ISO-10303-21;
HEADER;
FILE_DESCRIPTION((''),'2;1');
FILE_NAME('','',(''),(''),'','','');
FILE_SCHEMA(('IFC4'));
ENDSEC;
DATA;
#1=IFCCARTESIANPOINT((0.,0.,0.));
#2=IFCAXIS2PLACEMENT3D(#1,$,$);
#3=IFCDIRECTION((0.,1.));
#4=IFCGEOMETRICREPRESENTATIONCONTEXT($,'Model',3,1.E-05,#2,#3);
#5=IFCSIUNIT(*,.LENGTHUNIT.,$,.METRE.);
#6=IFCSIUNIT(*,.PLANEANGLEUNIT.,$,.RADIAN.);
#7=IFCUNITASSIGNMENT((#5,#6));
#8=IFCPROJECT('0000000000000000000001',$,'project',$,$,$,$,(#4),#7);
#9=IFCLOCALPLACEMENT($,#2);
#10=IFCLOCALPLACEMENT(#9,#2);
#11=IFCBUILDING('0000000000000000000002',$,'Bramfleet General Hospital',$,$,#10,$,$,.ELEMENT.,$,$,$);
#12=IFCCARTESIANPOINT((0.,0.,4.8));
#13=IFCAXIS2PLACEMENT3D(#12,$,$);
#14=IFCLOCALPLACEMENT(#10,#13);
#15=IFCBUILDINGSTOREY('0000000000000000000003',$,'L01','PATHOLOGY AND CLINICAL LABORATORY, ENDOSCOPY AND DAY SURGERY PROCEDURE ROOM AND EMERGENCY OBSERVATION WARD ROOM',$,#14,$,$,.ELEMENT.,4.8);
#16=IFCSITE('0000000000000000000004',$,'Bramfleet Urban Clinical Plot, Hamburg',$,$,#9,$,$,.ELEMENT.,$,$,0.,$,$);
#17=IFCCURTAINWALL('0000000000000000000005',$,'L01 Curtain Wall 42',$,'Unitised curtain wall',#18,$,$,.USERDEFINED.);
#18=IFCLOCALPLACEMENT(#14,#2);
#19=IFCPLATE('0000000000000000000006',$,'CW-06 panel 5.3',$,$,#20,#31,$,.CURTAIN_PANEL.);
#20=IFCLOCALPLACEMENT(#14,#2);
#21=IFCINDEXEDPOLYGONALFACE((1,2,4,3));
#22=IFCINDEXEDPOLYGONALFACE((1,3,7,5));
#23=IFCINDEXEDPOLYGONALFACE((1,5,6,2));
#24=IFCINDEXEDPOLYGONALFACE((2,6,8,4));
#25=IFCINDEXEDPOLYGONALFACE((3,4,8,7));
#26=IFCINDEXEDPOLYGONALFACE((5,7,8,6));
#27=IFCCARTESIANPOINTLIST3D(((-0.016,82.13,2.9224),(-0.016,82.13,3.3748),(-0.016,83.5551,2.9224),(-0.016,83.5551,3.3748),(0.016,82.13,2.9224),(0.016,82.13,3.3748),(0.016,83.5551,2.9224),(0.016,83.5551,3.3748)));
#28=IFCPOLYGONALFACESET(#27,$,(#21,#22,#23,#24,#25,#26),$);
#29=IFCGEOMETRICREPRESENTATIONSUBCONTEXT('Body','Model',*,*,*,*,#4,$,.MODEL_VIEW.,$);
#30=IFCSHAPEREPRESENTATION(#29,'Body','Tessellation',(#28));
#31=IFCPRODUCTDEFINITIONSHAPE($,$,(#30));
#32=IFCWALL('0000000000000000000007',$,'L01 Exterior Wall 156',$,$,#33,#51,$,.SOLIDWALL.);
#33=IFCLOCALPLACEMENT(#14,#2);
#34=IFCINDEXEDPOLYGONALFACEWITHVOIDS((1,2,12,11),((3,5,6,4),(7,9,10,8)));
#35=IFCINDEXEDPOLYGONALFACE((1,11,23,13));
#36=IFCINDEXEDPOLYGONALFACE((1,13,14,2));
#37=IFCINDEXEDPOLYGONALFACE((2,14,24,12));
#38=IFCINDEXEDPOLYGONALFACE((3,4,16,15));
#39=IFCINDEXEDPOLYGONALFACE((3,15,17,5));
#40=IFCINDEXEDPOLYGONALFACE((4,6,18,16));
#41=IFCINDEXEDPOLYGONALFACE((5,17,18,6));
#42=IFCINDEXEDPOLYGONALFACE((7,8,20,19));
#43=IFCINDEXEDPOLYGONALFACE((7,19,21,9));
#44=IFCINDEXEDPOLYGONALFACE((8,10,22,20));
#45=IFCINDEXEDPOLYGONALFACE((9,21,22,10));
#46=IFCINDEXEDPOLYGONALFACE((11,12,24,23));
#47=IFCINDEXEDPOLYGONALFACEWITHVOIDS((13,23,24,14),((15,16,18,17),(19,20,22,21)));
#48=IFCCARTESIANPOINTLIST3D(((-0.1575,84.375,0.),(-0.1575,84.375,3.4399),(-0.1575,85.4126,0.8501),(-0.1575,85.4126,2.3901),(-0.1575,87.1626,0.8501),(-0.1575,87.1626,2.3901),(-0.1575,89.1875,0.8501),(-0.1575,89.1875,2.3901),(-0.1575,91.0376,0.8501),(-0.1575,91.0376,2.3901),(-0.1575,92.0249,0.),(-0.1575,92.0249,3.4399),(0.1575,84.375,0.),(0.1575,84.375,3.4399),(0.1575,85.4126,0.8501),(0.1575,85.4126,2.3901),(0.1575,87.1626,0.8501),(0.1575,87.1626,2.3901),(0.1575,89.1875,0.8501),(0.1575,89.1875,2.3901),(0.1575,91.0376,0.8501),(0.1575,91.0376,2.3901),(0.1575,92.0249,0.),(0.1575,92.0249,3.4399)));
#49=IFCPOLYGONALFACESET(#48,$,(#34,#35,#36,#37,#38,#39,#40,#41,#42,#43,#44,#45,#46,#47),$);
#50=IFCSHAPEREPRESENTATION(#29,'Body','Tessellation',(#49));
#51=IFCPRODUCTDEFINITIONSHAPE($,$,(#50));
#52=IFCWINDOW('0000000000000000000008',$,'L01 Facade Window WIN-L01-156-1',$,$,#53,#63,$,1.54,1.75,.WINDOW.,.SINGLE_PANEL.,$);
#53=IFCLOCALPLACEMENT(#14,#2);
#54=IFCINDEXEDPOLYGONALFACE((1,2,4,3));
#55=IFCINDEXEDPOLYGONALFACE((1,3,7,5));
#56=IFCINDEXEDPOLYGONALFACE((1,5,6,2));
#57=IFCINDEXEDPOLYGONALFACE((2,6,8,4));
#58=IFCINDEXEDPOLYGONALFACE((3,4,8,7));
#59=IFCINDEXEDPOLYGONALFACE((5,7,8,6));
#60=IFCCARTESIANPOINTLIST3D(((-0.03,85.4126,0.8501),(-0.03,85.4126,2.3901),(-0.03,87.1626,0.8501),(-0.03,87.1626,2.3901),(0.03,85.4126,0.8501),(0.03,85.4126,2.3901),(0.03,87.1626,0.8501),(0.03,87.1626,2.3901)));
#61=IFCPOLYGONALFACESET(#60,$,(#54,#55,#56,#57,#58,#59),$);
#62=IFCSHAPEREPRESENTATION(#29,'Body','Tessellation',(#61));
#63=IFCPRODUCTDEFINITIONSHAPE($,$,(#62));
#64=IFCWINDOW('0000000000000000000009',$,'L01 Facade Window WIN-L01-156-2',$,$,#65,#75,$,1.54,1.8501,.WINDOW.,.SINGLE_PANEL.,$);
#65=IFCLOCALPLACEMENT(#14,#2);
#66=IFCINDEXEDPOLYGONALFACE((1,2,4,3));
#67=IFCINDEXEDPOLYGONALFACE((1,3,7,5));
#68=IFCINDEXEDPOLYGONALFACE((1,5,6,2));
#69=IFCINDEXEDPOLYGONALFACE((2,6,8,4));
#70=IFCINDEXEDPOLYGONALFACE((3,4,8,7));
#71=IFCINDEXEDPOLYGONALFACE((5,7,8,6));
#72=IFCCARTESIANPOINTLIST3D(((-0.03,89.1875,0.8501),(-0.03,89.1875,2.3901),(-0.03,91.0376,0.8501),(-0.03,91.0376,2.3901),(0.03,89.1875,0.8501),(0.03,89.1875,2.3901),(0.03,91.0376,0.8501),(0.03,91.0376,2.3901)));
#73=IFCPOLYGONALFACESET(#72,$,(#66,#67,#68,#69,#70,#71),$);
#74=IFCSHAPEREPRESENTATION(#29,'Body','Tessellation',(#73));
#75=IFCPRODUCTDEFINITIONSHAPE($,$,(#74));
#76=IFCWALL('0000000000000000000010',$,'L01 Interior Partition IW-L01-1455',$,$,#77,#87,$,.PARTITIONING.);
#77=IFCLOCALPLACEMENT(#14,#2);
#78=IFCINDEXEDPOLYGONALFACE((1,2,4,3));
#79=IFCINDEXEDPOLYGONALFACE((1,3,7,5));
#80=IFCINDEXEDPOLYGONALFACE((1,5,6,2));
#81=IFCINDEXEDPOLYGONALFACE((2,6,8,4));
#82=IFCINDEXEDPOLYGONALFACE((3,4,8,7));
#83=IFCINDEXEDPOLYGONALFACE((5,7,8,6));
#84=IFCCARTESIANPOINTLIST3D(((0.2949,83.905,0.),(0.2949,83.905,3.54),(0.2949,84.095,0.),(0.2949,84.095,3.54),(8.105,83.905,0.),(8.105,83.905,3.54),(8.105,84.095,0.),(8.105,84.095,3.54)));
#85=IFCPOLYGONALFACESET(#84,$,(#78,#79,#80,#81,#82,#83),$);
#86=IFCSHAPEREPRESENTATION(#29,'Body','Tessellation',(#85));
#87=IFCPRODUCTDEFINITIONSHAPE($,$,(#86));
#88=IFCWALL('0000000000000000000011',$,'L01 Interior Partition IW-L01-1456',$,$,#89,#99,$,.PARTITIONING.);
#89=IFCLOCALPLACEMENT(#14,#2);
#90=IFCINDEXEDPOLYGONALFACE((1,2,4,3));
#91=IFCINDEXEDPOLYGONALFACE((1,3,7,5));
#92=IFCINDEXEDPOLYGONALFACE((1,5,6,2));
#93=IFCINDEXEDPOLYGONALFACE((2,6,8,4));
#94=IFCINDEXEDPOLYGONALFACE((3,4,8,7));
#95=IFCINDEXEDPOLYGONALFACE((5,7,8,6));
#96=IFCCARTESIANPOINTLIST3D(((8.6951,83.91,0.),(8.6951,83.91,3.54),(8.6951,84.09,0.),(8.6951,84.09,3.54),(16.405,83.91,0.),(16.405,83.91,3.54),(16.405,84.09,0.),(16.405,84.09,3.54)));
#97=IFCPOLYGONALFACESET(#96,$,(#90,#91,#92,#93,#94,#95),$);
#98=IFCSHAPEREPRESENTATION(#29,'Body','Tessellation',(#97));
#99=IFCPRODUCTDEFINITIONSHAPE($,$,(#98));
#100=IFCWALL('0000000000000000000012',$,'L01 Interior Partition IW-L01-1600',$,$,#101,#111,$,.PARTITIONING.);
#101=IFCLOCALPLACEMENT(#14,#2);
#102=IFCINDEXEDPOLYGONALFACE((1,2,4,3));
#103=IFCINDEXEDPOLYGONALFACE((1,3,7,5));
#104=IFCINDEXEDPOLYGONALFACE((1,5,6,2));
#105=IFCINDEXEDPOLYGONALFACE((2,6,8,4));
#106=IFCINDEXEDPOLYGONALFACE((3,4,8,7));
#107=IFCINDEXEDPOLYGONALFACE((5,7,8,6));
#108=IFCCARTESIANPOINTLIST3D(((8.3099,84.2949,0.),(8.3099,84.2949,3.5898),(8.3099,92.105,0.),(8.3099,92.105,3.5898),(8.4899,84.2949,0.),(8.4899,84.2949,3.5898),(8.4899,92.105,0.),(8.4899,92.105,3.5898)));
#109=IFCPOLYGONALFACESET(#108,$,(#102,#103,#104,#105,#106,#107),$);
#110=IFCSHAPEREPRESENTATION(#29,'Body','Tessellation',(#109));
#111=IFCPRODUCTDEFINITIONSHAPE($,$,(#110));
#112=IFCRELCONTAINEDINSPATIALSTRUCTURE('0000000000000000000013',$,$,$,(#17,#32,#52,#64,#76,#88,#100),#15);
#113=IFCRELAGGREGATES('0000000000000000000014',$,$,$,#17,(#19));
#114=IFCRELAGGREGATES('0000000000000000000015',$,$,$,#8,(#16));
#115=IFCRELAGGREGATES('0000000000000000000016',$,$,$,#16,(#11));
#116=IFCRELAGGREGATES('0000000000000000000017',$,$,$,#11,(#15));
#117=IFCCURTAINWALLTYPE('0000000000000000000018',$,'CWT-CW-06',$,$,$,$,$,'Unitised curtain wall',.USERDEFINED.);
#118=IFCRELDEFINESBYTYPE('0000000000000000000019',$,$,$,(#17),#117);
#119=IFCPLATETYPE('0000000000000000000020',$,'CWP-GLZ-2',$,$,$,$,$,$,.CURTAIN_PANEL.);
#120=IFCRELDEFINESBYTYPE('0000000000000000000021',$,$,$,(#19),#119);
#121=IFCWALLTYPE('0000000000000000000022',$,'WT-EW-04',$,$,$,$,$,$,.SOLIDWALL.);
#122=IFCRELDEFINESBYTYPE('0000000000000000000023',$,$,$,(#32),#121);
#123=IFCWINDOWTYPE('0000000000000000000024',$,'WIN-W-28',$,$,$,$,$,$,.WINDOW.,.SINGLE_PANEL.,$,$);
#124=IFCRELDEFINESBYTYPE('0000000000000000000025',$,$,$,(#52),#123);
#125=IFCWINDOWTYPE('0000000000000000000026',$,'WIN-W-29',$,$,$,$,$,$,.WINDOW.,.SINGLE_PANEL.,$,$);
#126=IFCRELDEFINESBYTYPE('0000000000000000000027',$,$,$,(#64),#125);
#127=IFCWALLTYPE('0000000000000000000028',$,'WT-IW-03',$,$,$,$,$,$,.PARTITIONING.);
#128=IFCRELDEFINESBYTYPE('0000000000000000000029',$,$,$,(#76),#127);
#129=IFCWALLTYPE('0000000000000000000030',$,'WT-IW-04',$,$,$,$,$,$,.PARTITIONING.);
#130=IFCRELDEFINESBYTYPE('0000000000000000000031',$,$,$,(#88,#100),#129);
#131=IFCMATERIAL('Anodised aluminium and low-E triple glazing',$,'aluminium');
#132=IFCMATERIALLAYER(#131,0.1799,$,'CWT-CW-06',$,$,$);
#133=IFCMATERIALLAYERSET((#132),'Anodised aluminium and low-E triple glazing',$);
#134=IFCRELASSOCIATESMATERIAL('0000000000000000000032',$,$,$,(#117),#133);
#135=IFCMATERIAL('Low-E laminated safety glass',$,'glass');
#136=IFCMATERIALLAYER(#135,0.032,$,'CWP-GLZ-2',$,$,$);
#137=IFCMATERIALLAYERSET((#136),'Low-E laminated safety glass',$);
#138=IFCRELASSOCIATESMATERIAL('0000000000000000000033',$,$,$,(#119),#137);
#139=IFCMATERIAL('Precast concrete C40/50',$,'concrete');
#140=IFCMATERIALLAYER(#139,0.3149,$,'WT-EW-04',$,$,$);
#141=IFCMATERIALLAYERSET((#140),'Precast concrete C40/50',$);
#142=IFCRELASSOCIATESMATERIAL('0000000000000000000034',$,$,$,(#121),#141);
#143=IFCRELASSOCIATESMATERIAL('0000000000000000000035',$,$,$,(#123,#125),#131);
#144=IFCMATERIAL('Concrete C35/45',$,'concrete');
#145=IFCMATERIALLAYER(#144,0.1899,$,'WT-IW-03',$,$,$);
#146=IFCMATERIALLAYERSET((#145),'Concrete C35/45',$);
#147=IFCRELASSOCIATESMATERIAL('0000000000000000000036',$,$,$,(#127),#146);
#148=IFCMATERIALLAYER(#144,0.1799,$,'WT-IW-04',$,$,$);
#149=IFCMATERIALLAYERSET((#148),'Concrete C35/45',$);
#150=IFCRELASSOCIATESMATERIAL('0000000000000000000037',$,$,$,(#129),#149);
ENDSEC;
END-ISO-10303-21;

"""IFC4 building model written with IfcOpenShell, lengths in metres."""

from ifc_helpers import new_model, si_unit, direction, frame, frame_2d, origin, origin_2d, place, context, subcontext, project, spatial, rectangle, extrude, material, layer, layer_set, type_object, element, fill, aggregate, save


model = new_model("IFC4")

# Units and contexts
model_context = context("Model", 3, precision=1e-05, world=origin(), true_north=direction((0.0, 1.0)))
body_context = subcontext(model_context, "Body", "Model", "MODEL_VIEW")
ifc_project = project(units=[si_unit("LENGTHUNIT", "METRE"), si_unit("PLANEANGLEUNIT", "RADIAN")], contexts=[model_context])

# Site, building, storey
site_placement = place(None, origin())
site = spatial("IfcSite", under=ifc_project, at=site_placement, Name="Bramfleet Urban Clinical Plot, Hamburg", CompositionType="ELEMENT", RefElevation=0.0)
building_placement = place(site_placement, origin())
building = spatial("IfcBuilding", under=site, at=building_placement, Name="Bramfleet General Hospital", CompositionType="ELEMENT")
storey_placement = place(building_placement, frame((0.0, 0.0, 4.8)))
storey = spatial("IfcBuildingStorey", under=building, at=storey_placement, Name="L01", Description="PATHOLOGY AND CLINICAL LABORATORY, ENDOSCOPY AND DAY SURGERY PROCEDURE ROOM AND EMERGENCY OBSERVATION WARD ROOM", CompositionType="ELEMENT", Elevation=4.8)

# Shared definitions
ifc_material_1 = material(Name="Concrete C35/45", Category="concrete")

# Curtain wall, plate
ifc_material_2 = material(Name="Anodised aluminium and low-E triple glazing", Category="aluminium")
ifc_layer_1 = layer(ifc_material_2, 0.1799, Name="CWT-CW-06")
ifc_layer_set_1 = layer_set([ifc_layer_1], Name="Anodised aluminium and low-E triple glazing")
curtain_wall_type = type_object("IfcCurtainWallType", Name="CWT-CW-06", ElementType="Unitised curtain wall", PredefinedType="USERDEFINED", material=ifc_layer_set_1)
curtain_wall_placement = place(storey_placement, origin())
curtain_wall = element("IfcCurtainWall", 1, at=curtain_wall_placement, inside=storey, type_object=curtain_wall_type, Name="L01 Curtain Wall 42", ObjectType="Unitised curtain wall", PredefinedType="USERDEFINED")
ifc_material_3 = material(Name="Low-E laminated safety glass", Category="glass")
ifc_layer_2 = layer(ifc_material_3, 0.032, Name="CWP-GLZ-2")
ifc_layer_set_2 = layer_set([ifc_layer_2], Name="Low-E laminated safety glass")
plate_type = type_object("IfcPlateType", Name="CWP-GLZ-2", PredefinedType="CURTAIN_PANEL", material=ifc_layer_set_2)
plate_1_placement = place(storey_placement, frame((0.0, 82.8425, 2.9224), z_axis=(0.0, 0.0, 1.0), x_axis=(0.0, 1.0, 0.0)))
plate_1 = element("IfcPlate", 2, at=plate_1_placement, type_object=plate_type, Name="CW-06 panel 5.3", PredefinedType="CURTAIN_PANEL", context=body_context, shape_type="SweptSolid", body=[
    extrude(rectangle(XDim=1.425, YDim=0.032, at=origin_2d()), origin(), (0.0, 0.0, 1.0), 0.4524),
])
aggregate(curtain_wall, [plate_1])

# Wall, openings, windows
ifc_material_4 = material(Name="Precast concrete C40/50", Category="concrete")
ifc_layer_3 = layer(ifc_material_4, 0.3149, Name="WT-EW-04")
ifc_layer_set_3 = layer_set([ifc_layer_3], Name="Precast concrete C40/50")
wall_type_1 = type_object("IfcWallType", Name="WT-EW-04", PredefinedType="SOLIDWALL", material=ifc_layer_set_3)
wall_1_placement = place(storey_placement, frame((0.0, 84.375, 0.0), z_axis=(0.0, 0.0, 1.0), x_axis=(0.0, 1.0, 0.0)))
wall_1 = element("IfcWall", 3, at=wall_1_placement, inside=storey, type_object=wall_type_1, Name="L01 Exterior Wall 156", PredefinedType="SOLIDWALL", context=body_context, shape_type="SweptSolid", body=[
    extrude(rectangle(XDim=7.6499, YDim=0.3149, at=frame_2d((3.825, 0.0))), origin(), (0.0, 0.0, 1.0), 3.4399),
])
opening_1_placement = place(wall_1_placement, frame((1.0376, 0.0, 0.8501)))
opening_1 = element("IfcOpeningElement", 4, at=opening_1_placement, cuts=wall_1, PredefinedType="OPENING", context=body_context, shape_type="SweptSolid", body=[
    extrude(rectangle(XDim=1.75, YDim=1.54, at=frame_2d((0.875, 0.77))), frame((0.0, 0.1675, 0.0), z_axis=(0.0, -1.0, 0.0), x_axis=(1.0, 0.0, 0.0)), (0.0, 0.0, 1.0), 0.335),
])
opening_2_placement = place(wall_1_placement, frame((4.8125, 0.0, 0.8501)))
opening_2 = element("IfcOpeningElement", 5, at=opening_2_placement, cuts=wall_1, PredefinedType="OPENING", context=body_context, shape_type="SweptSolid", body=[
    extrude(rectangle(XDim=1.8501, YDim=1.54, at=frame_2d((0.925, 0.77))), frame((0.0, 0.1675, 0.0), z_axis=(0.0, -1.0, 0.0), x_axis=(1.0, 0.0, 0.0)), (0.0, 0.0, 1.0), 0.335),
])
window_type_1 = type_object("IfcWindowType", Name="WIN-W-28", PartitioningType="SINGLE_PANEL", PredefinedType="WINDOW", material=ifc_material_2)
window_1_placement = place(opening_1_placement, origin())
window_1 = element("IfcWindow", 6, at=window_1_placement, inside=storey, type_object=window_type_1, Name="L01 Facade Window WIN-L01-156-1", OverallHeight=1.54, OverallWidth=1.75, PartitioningType="SINGLE_PANEL", PredefinedType="WINDOW", context=body_context, shape_type="SweptSolid", body=[
    extrude(rectangle(XDim=1.75, YDim=1.54, at=frame_2d((0.875, 0.77))), frame((0.0, 0.03, 0.0), z_axis=(0.0, -1.0, 0.0), x_axis=(1.0, 0.0, 0.0)), (0.0, 0.0, 1.0), 0.0601),
])
fill(opening_1, window_1)
window_type_2 = type_object("IfcWindowType", Name="WIN-W-29", PartitioningType="SINGLE_PANEL", PredefinedType="WINDOW", material=ifc_material_2)
window_2_placement = place(opening_2_placement, origin())
window_2 = element("IfcWindow", 7, at=window_2_placement, inside=storey, type_object=window_type_2, Name="L01 Facade Window WIN-L01-156-2", OverallHeight=1.54, OverallWidth=1.8501, PartitioningType="SINGLE_PANEL", PredefinedType="WINDOW", context=body_context, shape_type="SweptSolid", body=[
    extrude(rectangle(XDim=1.8501, YDim=1.54, at=frame_2d((0.925, 0.77))), frame((0.0, 0.03, 0.0), z_axis=(0.0, -1.0, 0.0), x_axis=(1.0, 0.0, 0.0)), (0.0, 0.0, 1.0), 0.0601),
])
fill(opening_2, window_2)

# Walls
ifc_layer_4 = layer(ifc_material_1, 0.1899, Name="WT-IW-03")
ifc_layer_set_4 = layer_set([ifc_layer_4], Name="Concrete C35/45")
wall_type_2 = type_object("IfcWallType", Name="WT-IW-03", PredefinedType="PARTITIONING", material=ifc_layer_set_4)
wall_2_placement = place(storey_placement, frame((0.2949, 84.0, 0.0), z_axis=(0.0, 0.0, 1.0), x_axis=(1.0, 0.0, 0.0)))
element("IfcWall", 8, at=wall_2_placement, inside=storey, type_object=wall_type_2, Name="L01 Interior Partition IW-L01-1455", PredefinedType="PARTITIONING", context=body_context, shape_type="SweptSolid", body=[
    extrude(rectangle(XDim=7.8101, YDim=0.1899, at=frame_2d((3.905, 0.0))), origin(), (0.0, 0.0, 1.0), 3.54),
])
ifc_layer_5 = layer(ifc_material_1, 0.1799, Name="WT-IW-04")
ifc_layer_set_5 = layer_set([ifc_layer_5], Name="Concrete C35/45")
wall_type_3 = type_object("IfcWallType", Name="WT-IW-04", PredefinedType="PARTITIONING", material=ifc_layer_set_5)
wall_3_placement = place(storey_placement, frame((8.6951, 84.0, 0.0), z_axis=(0.0, 0.0, 1.0), x_axis=(1.0, 0.0, 0.0)))
element("IfcWall", 9, at=wall_3_placement, inside=storey, type_object=wall_type_3, Name="L01 Interior Partition IW-L01-1456", PredefinedType="PARTITIONING", context=body_context, shape_type="SweptSolid", body=[
    extrude(rectangle(XDim=7.71, YDim=0.1799, at=frame_2d((3.855, 0.0))), origin(), (0.0, 0.0, 1.0), 3.54),
])
wall_4_placement = place(storey_placement, frame((8.3999, 84.2949, 0.0), z_axis=(0.0, 0.0, 1.0), x_axis=(0.0, 1.0, 0.0)))
element("IfcWall", 10, at=wall_4_placement, inside=storey, type_object=wall_type_3, Name="L01 Interior Partition IW-L01-1600", PredefinedType="PARTITIONING", context=body_context, shape_type="SweptSolid", body=[
    extrude(rectangle(XDim=7.8101, YDim=0.1799, at=frame_2d((3.905, 0.0))), origin(), (0.0, 0.0, 1.0), 3.5898),
])

save(model, "model.ifc")
